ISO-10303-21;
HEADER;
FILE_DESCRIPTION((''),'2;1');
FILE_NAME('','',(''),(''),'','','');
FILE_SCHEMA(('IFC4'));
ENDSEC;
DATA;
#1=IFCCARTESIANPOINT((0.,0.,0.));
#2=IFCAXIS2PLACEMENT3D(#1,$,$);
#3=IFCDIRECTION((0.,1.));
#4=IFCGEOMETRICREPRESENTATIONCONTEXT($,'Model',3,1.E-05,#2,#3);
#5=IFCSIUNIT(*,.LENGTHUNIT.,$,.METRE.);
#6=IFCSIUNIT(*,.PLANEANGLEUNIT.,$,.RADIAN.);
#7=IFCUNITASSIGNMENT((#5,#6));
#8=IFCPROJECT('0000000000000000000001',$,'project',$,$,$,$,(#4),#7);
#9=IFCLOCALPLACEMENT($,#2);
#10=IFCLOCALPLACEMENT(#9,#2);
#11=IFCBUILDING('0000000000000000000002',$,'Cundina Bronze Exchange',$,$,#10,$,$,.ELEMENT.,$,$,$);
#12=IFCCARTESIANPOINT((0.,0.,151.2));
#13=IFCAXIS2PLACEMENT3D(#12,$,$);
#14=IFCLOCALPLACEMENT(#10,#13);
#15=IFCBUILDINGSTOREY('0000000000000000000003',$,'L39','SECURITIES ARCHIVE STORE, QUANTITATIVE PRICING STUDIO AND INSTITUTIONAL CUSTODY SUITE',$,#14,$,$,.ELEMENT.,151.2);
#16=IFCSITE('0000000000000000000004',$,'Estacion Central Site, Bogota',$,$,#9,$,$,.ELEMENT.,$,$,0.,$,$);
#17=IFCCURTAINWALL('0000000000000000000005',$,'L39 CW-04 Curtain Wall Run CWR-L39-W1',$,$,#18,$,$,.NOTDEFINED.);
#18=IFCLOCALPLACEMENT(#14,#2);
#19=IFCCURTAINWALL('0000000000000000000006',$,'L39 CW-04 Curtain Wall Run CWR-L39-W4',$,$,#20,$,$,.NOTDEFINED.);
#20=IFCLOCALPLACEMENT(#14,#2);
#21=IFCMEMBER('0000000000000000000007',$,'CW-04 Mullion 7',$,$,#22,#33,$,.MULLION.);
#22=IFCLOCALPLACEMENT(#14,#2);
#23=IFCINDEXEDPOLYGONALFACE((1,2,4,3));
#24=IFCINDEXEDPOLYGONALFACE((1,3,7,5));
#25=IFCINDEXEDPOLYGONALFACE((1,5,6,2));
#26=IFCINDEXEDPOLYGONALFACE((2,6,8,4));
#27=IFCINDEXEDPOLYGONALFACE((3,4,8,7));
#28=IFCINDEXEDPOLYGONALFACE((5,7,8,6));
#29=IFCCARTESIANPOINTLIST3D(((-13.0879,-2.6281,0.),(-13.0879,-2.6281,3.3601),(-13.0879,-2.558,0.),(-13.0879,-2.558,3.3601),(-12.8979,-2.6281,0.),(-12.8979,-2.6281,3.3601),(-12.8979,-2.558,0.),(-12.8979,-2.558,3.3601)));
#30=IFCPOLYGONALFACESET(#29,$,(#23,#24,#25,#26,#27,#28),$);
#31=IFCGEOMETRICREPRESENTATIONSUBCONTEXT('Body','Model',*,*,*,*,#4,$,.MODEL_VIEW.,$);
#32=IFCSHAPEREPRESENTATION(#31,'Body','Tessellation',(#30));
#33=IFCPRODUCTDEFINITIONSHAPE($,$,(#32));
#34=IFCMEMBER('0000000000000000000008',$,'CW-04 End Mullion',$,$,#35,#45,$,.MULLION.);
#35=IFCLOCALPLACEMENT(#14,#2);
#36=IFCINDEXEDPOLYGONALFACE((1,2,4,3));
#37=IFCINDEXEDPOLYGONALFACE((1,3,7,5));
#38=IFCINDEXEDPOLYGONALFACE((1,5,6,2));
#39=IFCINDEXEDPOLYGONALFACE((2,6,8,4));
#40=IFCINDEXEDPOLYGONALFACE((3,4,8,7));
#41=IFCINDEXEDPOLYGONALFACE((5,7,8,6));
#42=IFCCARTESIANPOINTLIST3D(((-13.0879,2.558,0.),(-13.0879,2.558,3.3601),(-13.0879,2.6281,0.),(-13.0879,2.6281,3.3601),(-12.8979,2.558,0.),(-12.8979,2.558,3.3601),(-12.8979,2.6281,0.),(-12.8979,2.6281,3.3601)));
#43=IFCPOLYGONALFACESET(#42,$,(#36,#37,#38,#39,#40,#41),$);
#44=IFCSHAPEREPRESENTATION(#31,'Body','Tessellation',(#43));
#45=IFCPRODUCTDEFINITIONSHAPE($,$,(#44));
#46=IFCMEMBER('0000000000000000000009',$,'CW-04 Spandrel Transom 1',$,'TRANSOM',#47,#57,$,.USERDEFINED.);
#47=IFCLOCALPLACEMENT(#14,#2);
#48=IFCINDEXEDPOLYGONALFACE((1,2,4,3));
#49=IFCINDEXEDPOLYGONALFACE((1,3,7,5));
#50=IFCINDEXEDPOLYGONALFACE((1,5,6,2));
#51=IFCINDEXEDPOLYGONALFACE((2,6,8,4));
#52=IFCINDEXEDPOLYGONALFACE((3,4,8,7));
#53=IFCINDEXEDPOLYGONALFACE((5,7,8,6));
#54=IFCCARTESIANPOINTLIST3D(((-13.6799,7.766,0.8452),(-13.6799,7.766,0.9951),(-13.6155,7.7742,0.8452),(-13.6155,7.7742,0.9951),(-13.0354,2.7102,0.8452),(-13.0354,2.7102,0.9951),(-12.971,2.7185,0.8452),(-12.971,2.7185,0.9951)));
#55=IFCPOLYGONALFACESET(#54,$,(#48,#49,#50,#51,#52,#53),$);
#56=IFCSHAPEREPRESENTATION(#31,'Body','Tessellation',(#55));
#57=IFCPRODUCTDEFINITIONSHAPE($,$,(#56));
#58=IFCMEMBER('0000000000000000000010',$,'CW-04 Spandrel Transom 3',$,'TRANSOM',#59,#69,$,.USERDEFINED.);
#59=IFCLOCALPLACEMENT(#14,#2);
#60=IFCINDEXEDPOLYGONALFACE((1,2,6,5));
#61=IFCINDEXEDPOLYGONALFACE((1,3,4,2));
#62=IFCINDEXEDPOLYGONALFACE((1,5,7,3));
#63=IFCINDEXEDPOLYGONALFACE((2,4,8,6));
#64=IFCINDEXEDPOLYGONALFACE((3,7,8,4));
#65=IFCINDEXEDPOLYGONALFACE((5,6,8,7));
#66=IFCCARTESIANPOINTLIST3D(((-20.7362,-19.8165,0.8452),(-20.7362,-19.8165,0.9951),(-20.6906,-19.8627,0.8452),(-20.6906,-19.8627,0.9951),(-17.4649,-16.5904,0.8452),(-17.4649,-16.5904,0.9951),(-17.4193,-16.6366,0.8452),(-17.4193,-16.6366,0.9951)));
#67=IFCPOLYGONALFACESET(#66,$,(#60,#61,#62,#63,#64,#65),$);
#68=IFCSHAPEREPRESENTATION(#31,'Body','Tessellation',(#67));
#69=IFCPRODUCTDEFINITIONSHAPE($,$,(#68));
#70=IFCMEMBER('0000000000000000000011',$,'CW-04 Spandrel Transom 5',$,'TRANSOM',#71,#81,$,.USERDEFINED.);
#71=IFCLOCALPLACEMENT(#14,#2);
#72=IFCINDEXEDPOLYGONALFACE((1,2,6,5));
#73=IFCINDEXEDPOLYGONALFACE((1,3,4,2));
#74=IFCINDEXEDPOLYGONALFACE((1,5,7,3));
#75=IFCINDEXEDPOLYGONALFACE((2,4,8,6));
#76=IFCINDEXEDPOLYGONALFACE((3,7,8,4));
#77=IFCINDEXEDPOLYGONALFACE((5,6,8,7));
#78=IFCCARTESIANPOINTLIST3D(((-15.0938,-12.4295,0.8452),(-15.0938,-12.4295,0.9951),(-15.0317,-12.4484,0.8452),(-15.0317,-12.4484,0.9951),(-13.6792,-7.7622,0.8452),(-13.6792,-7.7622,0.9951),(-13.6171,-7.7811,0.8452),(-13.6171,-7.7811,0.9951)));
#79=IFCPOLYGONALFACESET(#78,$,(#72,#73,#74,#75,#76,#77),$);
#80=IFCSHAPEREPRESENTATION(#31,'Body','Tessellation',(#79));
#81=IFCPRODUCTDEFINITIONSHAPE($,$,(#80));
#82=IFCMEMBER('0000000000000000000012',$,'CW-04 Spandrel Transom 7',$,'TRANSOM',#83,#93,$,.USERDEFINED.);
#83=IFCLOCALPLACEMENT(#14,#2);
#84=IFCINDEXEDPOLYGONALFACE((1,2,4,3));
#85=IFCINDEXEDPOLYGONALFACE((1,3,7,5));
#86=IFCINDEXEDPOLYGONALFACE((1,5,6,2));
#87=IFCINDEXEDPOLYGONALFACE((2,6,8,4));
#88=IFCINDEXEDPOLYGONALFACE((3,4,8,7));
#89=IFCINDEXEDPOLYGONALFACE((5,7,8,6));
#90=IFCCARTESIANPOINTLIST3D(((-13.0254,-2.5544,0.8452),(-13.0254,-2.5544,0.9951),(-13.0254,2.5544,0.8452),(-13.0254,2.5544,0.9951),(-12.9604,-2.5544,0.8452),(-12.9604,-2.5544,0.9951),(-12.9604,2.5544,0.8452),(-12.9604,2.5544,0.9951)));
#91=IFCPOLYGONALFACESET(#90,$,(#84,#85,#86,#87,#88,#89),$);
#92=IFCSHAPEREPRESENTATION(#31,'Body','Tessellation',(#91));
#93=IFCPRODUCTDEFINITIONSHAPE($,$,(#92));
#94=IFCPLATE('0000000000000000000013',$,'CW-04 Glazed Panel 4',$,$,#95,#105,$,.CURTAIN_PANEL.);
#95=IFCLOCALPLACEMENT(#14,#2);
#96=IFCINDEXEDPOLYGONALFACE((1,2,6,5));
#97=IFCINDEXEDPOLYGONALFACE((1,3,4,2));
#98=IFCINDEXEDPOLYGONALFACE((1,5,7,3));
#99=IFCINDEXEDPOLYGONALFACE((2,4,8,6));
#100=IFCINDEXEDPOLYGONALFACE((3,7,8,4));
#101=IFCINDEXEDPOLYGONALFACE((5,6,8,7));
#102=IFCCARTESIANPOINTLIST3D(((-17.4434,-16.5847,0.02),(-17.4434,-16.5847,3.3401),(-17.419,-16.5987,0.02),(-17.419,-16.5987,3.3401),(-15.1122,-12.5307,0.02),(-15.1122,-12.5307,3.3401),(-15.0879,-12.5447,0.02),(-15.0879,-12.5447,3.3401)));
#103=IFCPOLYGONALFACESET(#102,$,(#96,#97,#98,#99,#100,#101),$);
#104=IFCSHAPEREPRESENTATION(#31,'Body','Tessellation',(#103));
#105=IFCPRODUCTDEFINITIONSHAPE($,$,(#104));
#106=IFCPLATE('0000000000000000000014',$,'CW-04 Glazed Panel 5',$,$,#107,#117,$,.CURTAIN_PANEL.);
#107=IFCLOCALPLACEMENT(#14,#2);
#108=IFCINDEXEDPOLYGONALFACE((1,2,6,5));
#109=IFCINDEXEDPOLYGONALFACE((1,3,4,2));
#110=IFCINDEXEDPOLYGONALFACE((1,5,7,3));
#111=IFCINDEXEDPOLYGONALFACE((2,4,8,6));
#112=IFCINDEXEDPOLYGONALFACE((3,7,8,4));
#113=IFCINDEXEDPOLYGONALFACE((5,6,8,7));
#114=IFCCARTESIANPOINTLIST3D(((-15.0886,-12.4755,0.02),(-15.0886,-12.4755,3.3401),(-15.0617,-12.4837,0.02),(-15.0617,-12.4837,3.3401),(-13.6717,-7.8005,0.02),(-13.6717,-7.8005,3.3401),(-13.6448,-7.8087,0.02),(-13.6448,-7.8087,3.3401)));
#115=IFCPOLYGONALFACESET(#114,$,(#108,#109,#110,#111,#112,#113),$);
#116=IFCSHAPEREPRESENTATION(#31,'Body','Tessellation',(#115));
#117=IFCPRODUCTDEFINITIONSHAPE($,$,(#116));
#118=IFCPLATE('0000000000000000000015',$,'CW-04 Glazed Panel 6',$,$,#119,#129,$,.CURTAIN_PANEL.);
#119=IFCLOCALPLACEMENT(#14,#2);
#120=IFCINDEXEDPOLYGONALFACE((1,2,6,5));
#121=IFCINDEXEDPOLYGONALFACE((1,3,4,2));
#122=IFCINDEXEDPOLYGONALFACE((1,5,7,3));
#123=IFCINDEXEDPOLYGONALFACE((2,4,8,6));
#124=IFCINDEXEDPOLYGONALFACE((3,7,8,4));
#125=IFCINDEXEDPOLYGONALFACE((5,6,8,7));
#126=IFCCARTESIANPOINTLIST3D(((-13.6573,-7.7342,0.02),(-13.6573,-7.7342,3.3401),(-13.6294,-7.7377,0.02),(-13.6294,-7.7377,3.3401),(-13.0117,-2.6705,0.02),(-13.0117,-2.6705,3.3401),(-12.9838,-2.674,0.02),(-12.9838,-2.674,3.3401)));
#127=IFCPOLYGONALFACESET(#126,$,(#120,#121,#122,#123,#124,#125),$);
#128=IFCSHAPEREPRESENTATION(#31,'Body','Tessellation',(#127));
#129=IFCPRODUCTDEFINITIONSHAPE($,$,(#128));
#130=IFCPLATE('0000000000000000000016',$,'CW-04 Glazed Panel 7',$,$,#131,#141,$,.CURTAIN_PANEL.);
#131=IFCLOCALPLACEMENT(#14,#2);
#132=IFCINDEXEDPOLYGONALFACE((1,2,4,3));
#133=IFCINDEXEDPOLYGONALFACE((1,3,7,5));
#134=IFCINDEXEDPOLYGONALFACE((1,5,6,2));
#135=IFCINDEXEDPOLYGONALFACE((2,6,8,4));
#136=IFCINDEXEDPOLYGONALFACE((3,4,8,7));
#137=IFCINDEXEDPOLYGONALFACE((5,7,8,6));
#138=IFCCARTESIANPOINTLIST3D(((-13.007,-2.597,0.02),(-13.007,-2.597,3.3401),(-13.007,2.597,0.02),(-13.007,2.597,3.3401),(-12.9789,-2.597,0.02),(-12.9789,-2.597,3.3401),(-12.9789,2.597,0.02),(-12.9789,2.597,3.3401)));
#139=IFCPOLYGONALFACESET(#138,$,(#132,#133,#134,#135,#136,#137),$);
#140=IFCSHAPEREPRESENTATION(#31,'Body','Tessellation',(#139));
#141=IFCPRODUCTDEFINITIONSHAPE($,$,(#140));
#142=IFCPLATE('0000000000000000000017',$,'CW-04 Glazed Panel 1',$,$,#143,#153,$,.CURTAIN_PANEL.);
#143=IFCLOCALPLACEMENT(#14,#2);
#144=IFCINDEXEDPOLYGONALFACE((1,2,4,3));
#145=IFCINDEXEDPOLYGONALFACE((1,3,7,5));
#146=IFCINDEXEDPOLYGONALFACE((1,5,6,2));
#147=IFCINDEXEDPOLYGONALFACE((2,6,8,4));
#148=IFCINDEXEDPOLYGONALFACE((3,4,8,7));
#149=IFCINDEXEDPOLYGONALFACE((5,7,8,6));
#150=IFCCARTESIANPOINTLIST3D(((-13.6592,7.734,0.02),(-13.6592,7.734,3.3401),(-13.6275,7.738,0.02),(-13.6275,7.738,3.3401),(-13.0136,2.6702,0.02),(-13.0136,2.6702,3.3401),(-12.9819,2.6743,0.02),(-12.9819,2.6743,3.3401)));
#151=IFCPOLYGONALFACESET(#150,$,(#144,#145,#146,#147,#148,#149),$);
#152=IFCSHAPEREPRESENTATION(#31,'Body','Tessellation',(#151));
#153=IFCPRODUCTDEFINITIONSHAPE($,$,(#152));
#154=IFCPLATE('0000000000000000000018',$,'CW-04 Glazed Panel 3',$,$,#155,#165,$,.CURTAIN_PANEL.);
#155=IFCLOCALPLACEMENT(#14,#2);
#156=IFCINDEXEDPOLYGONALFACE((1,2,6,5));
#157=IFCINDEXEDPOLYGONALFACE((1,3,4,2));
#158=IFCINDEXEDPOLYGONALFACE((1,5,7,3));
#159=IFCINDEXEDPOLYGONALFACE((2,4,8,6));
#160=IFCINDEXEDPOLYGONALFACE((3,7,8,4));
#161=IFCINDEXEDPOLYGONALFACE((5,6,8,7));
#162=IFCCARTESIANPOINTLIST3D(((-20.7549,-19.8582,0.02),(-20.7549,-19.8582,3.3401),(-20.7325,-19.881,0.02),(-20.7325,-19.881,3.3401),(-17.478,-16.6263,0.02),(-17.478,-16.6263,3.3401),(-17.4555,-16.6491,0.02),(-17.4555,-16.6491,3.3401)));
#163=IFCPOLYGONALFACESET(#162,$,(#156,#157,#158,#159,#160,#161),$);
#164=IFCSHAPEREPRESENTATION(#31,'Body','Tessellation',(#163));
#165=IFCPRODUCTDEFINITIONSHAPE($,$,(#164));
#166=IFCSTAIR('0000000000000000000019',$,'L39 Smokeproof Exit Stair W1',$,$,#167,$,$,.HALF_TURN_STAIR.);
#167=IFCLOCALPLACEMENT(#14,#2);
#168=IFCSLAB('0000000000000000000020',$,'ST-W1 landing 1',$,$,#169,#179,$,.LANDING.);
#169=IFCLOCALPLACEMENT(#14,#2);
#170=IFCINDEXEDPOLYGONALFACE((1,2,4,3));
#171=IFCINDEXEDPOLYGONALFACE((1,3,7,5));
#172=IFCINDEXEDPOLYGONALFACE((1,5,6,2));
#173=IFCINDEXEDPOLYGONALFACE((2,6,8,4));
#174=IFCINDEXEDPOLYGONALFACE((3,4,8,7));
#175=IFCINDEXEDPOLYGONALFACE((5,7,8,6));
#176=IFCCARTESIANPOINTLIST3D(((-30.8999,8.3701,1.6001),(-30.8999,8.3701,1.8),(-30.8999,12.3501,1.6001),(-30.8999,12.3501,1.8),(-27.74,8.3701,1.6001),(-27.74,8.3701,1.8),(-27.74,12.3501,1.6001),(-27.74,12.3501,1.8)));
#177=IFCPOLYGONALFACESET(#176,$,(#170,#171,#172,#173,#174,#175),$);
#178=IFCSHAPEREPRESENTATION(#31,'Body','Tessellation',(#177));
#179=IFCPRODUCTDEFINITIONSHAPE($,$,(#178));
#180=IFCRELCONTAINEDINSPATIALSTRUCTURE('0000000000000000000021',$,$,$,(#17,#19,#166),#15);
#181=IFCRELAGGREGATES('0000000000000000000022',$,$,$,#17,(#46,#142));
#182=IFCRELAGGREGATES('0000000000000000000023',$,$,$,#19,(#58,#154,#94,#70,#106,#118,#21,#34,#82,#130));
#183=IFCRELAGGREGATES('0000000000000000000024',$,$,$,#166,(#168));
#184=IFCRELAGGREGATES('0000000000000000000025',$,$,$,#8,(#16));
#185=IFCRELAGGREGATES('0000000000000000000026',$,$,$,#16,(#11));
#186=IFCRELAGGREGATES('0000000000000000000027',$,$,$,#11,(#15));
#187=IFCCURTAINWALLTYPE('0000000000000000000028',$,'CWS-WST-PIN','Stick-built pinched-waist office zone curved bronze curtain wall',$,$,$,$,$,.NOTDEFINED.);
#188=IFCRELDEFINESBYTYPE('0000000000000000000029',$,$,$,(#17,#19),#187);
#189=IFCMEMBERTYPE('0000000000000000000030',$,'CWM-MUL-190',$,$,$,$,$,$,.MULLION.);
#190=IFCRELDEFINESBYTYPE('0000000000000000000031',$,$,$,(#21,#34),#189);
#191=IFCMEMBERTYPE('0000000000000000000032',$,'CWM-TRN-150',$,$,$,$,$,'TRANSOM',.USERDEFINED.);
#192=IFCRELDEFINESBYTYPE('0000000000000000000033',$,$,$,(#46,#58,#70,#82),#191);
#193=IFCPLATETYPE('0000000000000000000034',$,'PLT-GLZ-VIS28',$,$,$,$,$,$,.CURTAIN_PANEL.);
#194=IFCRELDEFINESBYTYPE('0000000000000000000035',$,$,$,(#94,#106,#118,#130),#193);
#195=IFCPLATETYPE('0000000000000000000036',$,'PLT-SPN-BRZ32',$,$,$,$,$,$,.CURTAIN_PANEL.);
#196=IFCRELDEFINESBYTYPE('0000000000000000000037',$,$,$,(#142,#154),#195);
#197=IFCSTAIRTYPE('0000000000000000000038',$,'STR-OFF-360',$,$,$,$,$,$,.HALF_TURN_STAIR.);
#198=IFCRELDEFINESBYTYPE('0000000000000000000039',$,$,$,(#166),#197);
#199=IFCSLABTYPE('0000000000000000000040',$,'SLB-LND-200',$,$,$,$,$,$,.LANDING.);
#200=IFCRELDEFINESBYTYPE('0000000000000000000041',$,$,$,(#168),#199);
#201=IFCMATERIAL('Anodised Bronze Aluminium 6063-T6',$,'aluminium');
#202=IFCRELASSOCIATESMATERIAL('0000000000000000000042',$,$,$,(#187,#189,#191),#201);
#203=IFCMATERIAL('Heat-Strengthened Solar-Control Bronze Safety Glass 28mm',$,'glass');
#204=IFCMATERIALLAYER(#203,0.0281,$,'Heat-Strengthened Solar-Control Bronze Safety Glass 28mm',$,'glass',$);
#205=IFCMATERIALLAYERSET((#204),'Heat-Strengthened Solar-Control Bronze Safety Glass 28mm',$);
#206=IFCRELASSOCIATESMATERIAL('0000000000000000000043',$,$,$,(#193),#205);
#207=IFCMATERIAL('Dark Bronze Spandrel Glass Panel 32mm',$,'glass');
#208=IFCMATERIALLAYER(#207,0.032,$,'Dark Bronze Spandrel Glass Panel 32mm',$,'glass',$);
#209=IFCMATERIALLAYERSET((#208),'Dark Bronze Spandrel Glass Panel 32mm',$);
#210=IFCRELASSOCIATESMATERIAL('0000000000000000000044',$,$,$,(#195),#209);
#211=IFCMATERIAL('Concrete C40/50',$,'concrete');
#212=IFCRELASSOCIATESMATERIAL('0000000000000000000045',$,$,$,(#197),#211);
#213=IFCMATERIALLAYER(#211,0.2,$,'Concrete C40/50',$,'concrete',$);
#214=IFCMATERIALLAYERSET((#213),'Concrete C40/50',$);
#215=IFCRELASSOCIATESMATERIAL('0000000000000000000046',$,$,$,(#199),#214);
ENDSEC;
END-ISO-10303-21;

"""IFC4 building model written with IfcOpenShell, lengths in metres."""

from ifc_helpers import new_model, si_unit, direction, frame, origin, origin_2d, place, context, subcontext, project, spatial, polyline, rectangle, outline, extrude, material, layer, layer_set, material_profile, profile_set, type_object, element, aggregate, save


model = new_model("IFC4")

# Units and contexts
model_context = context("Model", 3, precision=1e-05, world=origin(), true_north=direction((0.0, 1.0)))
body_context = subcontext(model_context, "Body", "Model", "MODEL_VIEW")
ifc_project = project(units=[si_unit("LENGTHUNIT", "METRE"), si_unit("PLANEANGLEUNIT", "RADIAN")], contexts=[model_context])

# Site, building, storey
site_placement = place(None, origin())
site = spatial("IfcSite", under=ifc_project, at=site_placement, Name="Estacion Central Site, Bogota", CompositionType="ELEMENT", RefElevation=0.0)
building_placement = place(site_placement, origin())
building = spatial("IfcBuilding", under=site, at=building_placement, Name="Cundina Bronze Exchange", CompositionType="ELEMENT")
storey_placement = place(building_placement, frame((0.0, 0.0, 151.2)))
storey = spatial("IfcBuildingStorey", under=building, at=storey_placement, Name="L39", Description="SECURITIES ARCHIVE STORE, QUANTITATIVE PRICING STUDIO AND INSTITUTIONAL CUSTODY SUITE", CompositionType="ELEMENT", Elevation=151.2)

# Curtain wall
ifc_material_1 = material(Name="Anodised Bronze Aluminium 6063-T6", Category="aluminium")
curtain_wall_type = type_object("IfcCurtainWallType", Name="CWS-WST-PIN", Description="Stick-built pinched-waist office zone curved bronze curtain wall", PredefinedType="NOTDEFINED", material=ifc_material_1)
curtain_wall_1_placement = place(storey_placement, origin())
curtain_wall_1 = element("IfcCurtainWall", 1, at=curtain_wall_1_placement, inside=storey, type_object=curtain_wall_type, Name="L39 CW-04 Curtain Wall Run CWR-L39-W1", PredefinedType="NOTDEFINED")
ifc_material_profile_1 = material_profile(ifc_material_1, rectangle(XDim=0.0701, YDim=0.1899, at=origin_2d()), Name="AL70X190", Category="aluminium")
ifc_profile_set_1 = profile_set([ifc_material_profile_1], Name="Anodised Bronze Aluminium 6063-T6")
member_type_1 = type_object("IfcMemberType", Name="CWM-MUL-190", PredefinedType="MULLION", material=ifc_profile_set_1)

# Curtain wall, members
curtain_wall_2_placement = place(storey_placement, origin())
curtain_wall_2 = element("IfcCurtainWall", 2, at=curtain_wall_2_placement, inside=storey, type_object=curtain_wall_type, Name="L39 CW-04 Curtain Wall Run CWR-L39-W4", PredefinedType="NOTDEFINED")
member_1_placement = place(storey_placement, frame((-12.9929, -2.593, 0.0), z_axis=(0.0, 0.0, 1.0), x_axis=(0.0, 1.0, 0.0)))
member_1 = element("IfcMember", 3, at=member_1_placement, type_object=member_type_1, Name="CW-04 Mullion 7", PredefinedType="MULLION", context=body_context, shape_type="SweptSolid", body=[
    extrude(rectangle(XDim=0.0701, YDim=0.1899, at=origin_2d()), origin(), (0.0, 0.0, 1.0), 3.3601),
])
member_2_placement = place(storey_placement, frame((-12.9929, 2.593, 0.0), z_axis=(0.0, 0.0, 1.0), x_axis=(0.0, 1.0, 0.0)))
member_2 = element("IfcMember", 4, at=member_2_placement, type_object=member_type_1, Name="CW-04 End Mullion", PredefinedType="MULLION", context=body_context, shape_type="SweptSolid", body=[
    extrude(rectangle(XDim=0.0701, YDim=0.1899, at=origin_2d()), origin(), (0.0, 0.0, 1.0), 3.3601),
])

# Members
ifc_material_profile_2 = material_profile(ifc_material_1, rectangle(XDim=0.0649, YDim=0.1499, at=origin_2d()), Name="AL65X150", Category="aluminium")
ifc_profile_set_2 = profile_set([ifc_material_profile_2], Name="Anodised Bronze Aluminium 6063-T6")
member_type_2 = type_object("IfcMemberType", Name="CWM-TRN-150", ElementType="TRANSOM", PredefinedType="USERDEFINED", material=ifc_profile_set_2)
member_3_placement = place(storey_placement, frame((-13.0032, 2.7144, 0.9202), z_axis=(-0.126463, 0.991971, 0.0), x_axis=(-0.991971, -0.126463, 0.0)))
member_3 = element("IfcMember", 5, at=member_3_placement, type_object=member_type_2, Name="CW-04 Spandrel Transom 1", ObjectType="TRANSOM", PredefinedType="USERDEFINED", context=body_context, shape_type="SweptSolid", body=[
    extrude(rectangle(XDim=0.0649, YDim=0.1499, at=origin_2d()), origin(), (0.0, 0.0, 1.0), 5.0967),
])
member_4_placement = place(storey_placement, frame((-20.7134, -19.8396, 0.9202), z_axis=(0.712005, 0.702174, 0.0), x_axis=(-0.702174, 0.712005, 0.0)))
member_4 = element("IfcMember", 6, at=member_4_placement, type_object=member_type_2, Name="CW-04 Spandrel Transom 3", ObjectType="TRANSOM", PredefinedType="USERDEFINED", context=body_context, shape_type="SweptSolid", body=[
    extrude(rectangle(XDim=0.0649, YDim=0.1499, at=origin_2d()), origin(), (0.0, 0.0, 1.0), 4.5945),
])
member_5_placement = place(storey_placement, frame((-15.0627, -12.439, 0.9202), z_axis=(0.290052, 0.957011, 0.0), x_axis=(-0.957011, 0.290052, 0.0)))
member_5 = element("IfcMember", 7, at=member_5_placement, type_object=member_type_2, Name="CW-04 Spandrel Transom 5", ObjectType="TRANSOM", PredefinedType="USERDEFINED", context=body_context, shape_type="SweptSolid", body=[
    extrude(rectangle(XDim=0.0649, YDim=0.1499, at=origin_2d()), origin(), (0.0, 0.0, 1.0), 4.877),
])
member_6_placement = place(storey_placement, frame((-12.9929, -2.5544, 0.9202), z_axis=(0.0, 1.0, 0.0), x_axis=(-1.0, 0.0, 0.0)))
member_6 = element("IfcMember", 8, at=member_6_placement, type_object=member_type_2, Name="CW-04 Spandrel Transom 7", ObjectType="TRANSOM", PredefinedType="USERDEFINED", context=body_context, shape_type="SweptSolid", body=[
    extrude(rectangle(XDim=0.0649, YDim=0.1499, at=origin_2d()), origin(), (0.0, 0.0, 1.0), 5.1089),
])

# Plates
ifc_material_2 = material(Name="Heat-Strengthened Solar-Control Bronze Safety Glass 28mm", Category="glass")
ifc_layer_1 = layer(ifc_material_2, 0.0281, Name="Heat-Strengthened Solar-Control Bronze Safety Glass 28mm", Category="glass")
ifc_layer_set_1 = layer_set([ifc_layer_1], Name="Heat-Strengthened Solar-Control Bronze Safety Glass 28mm")
plate_type_1 = type_object("IfcPlateType", Name="PLT-GLZ-VIS28", PredefinedType="CURTAIN_PANEL", material=ifc_layer_set_1)
plate_1_placement = place(storey_placement, frame((-16.2656, -14.5647, 0.02), z_axis=(0.0, 0.0, 1.0), x_axis=(0.498488, 0.866897, 0.0)))
plate_1 = element("IfcPlate", 9, at=plate_1_placement, type_object=plate_type_1, Name="CW-04 Glazed Panel 4", PredefinedType="CURTAIN_PANEL", context=body_context, shape_type="SweptSolid", body=[
    extrude(rectangle(XDim=4.6765, YDim=0.0281, at=origin_2d()), origin(), (0.0, 0.0, 1.0), 3.3201),
])
plate_2_placement = place(storey_placement, frame((-14.3667, -10.1421, 0.02), z_axis=(0.0, 0.0, 1.0), x_axis=(0.290051, 0.957011, 0.0)))
plate_2 = element("IfcPlate", 10, at=plate_2_placement, type_object=plate_type_1, Name="CW-04 Glazed Panel 5", PredefinedType="CURTAIN_PANEL", context=body_context, shape_type="SweptSolid", body=[
    extrude(rectangle(XDim=4.885, YDim=0.0281, at=origin_2d()), origin(), (0.0, 0.0, 1.0), 3.3201),
])
plate_3_placement = place(storey_placement, frame((-13.3206, -5.2041, 0.02), z_axis=(0.0, 0.0, 1.0), x_axis=(0.126476, 0.99197, 0.0)))
plate_3 = element("IfcPlate", 11, at=plate_3_placement, type_object=plate_type_1, Name="CW-04 Glazed Panel 6", PredefinedType="CURTAIN_PANEL", context=body_context, shape_type="SweptSolid", body=[
    extrude(rectangle(XDim=5.1047, YDim=0.0281, at=origin_2d()), origin(), (0.0, 0.0, 1.0), 3.3201),
])
plate_4_placement = place(storey_placement, frame((-12.9929, 0.0, 0.02), z_axis=(0.0, 0.0, 1.0), x_axis=(0.0, 1.0, 0.0)))
plate_4 = element("IfcPlate", 12, at=plate_4_placement, type_object=plate_type_1, Name="CW-04 Glazed Panel 7", PredefinedType="CURTAIN_PANEL", context=body_context, shape_type="SweptSolid", body=[
    extrude(rectangle(XDim=5.1941, YDim=0.0281, at=origin_2d()), origin(), (0.0, 0.0, 1.0), 3.3201),
])
ifc_material_3 = material(Name="Dark Bronze Spandrel Glass Panel 32mm", Category="glass")
ifc_layer_2 = layer(ifc_material_3, 0.032, Name="Dark Bronze Spandrel Glass Panel 32mm", Category="glass")
ifc_layer_set_2 = layer_set([ifc_layer_2], Name="Dark Bronze Spandrel Glass Panel 32mm")
plate_type_2 = type_object("IfcPlateType", Name="PLT-SPN-BRZ32", PredefinedType="CURTAIN_PANEL", material=ifc_layer_set_2)
plate_5_placement = place(storey_placement, frame((-13.3206, 5.2041, 0.02), z_axis=(0.0, 0.0, 1.0), x_axis=(-0.126476, 0.99197, 0.0)))
plate_5 = element("IfcPlate", 13, at=plate_5_placement, type_object=plate_type_2, Name="CW-04 Glazed Panel 1", PredefinedType="CURTAIN_PANEL", context=body_context, shape_type="SweptSolid", body=[
    extrude(rectangle(XDim=5.1047, YDim=0.032, at=origin_2d()), origin(), (0.0, 0.0, 1.0), 3.3201),
])
aggregate(curtain_wall_1, [member_3, plate_5])
plate_6_placement = place(storey_placement, frame((-19.1052, -18.2537, 0.02), z_axis=(0.0, 0.0, 1.0), x_axis=(0.711989, 0.70219, 0.0)))
plate_6 = element("IfcPlate", 14, at=plate_6_placement, type_object=plate_type_2, Name="CW-04 Glazed Panel 3", PredefinedType="CURTAIN_PANEL", context=body_context, shape_type="SweptSolid", body=[
    extrude(rectangle(XDim=4.6025, YDim=0.032, at=origin_2d()), origin(), (0.0, 0.0, 1.0), 3.3201),
])
aggregate(curtain_wall_2, [member_4, plate_6, plate_1, member_5, plate_2, plate_3, member_1, member_2, member_6, plate_4])

# Stair, slab
ifc_material_4 = material(Name="Concrete C40/50", Category="concrete")
stair_type = type_object("IfcStairType", Name="STR-OFF-360", PredefinedType="HALF_TURN_STAIR", material=ifc_material_4)
stair_placement = place(storey_placement, origin())
stair = element("IfcStair", 15, at=stair_placement, inside=storey, type_object=stair_type, Name="L39 Smokeproof Exit Stair W1", PredefinedType="HALF_TURN_STAIR")
ifc_layer_3 = layer(ifc_material_4, 0.2, Name="Concrete C40/50", Category="concrete")
ifc_layer_set_3 = layer_set([ifc_layer_3], Name="Concrete C40/50")
slab_type_1 = type_object("IfcSlabType", Name="SLB-LND-200", PredefinedType="LANDING", material=ifc_layer_set_3)
slab_1_placement = place(storey_placement, frame((0.0, 0.0, 1.6001)))
slab_1 = element("IfcSlab", 16, at=slab_1_placement, type_object=slab_type_1, Name="ST-W1 landing 1", PredefinedType="LANDING", context=body_context, shape_type="SweptSolid", body=[
    extrude(outline(polyline([(-27.74, 8.3701), (-27.74, 12.3501), (-30.8999, 12.3501), (-30.8999, 8.3701), (-27.74, 8.3701)])), origin(), (0.0, 0.0, 1.0), 0.2),
])
aggregate(stair, [slab_1])

save(model, "model.ifc")
